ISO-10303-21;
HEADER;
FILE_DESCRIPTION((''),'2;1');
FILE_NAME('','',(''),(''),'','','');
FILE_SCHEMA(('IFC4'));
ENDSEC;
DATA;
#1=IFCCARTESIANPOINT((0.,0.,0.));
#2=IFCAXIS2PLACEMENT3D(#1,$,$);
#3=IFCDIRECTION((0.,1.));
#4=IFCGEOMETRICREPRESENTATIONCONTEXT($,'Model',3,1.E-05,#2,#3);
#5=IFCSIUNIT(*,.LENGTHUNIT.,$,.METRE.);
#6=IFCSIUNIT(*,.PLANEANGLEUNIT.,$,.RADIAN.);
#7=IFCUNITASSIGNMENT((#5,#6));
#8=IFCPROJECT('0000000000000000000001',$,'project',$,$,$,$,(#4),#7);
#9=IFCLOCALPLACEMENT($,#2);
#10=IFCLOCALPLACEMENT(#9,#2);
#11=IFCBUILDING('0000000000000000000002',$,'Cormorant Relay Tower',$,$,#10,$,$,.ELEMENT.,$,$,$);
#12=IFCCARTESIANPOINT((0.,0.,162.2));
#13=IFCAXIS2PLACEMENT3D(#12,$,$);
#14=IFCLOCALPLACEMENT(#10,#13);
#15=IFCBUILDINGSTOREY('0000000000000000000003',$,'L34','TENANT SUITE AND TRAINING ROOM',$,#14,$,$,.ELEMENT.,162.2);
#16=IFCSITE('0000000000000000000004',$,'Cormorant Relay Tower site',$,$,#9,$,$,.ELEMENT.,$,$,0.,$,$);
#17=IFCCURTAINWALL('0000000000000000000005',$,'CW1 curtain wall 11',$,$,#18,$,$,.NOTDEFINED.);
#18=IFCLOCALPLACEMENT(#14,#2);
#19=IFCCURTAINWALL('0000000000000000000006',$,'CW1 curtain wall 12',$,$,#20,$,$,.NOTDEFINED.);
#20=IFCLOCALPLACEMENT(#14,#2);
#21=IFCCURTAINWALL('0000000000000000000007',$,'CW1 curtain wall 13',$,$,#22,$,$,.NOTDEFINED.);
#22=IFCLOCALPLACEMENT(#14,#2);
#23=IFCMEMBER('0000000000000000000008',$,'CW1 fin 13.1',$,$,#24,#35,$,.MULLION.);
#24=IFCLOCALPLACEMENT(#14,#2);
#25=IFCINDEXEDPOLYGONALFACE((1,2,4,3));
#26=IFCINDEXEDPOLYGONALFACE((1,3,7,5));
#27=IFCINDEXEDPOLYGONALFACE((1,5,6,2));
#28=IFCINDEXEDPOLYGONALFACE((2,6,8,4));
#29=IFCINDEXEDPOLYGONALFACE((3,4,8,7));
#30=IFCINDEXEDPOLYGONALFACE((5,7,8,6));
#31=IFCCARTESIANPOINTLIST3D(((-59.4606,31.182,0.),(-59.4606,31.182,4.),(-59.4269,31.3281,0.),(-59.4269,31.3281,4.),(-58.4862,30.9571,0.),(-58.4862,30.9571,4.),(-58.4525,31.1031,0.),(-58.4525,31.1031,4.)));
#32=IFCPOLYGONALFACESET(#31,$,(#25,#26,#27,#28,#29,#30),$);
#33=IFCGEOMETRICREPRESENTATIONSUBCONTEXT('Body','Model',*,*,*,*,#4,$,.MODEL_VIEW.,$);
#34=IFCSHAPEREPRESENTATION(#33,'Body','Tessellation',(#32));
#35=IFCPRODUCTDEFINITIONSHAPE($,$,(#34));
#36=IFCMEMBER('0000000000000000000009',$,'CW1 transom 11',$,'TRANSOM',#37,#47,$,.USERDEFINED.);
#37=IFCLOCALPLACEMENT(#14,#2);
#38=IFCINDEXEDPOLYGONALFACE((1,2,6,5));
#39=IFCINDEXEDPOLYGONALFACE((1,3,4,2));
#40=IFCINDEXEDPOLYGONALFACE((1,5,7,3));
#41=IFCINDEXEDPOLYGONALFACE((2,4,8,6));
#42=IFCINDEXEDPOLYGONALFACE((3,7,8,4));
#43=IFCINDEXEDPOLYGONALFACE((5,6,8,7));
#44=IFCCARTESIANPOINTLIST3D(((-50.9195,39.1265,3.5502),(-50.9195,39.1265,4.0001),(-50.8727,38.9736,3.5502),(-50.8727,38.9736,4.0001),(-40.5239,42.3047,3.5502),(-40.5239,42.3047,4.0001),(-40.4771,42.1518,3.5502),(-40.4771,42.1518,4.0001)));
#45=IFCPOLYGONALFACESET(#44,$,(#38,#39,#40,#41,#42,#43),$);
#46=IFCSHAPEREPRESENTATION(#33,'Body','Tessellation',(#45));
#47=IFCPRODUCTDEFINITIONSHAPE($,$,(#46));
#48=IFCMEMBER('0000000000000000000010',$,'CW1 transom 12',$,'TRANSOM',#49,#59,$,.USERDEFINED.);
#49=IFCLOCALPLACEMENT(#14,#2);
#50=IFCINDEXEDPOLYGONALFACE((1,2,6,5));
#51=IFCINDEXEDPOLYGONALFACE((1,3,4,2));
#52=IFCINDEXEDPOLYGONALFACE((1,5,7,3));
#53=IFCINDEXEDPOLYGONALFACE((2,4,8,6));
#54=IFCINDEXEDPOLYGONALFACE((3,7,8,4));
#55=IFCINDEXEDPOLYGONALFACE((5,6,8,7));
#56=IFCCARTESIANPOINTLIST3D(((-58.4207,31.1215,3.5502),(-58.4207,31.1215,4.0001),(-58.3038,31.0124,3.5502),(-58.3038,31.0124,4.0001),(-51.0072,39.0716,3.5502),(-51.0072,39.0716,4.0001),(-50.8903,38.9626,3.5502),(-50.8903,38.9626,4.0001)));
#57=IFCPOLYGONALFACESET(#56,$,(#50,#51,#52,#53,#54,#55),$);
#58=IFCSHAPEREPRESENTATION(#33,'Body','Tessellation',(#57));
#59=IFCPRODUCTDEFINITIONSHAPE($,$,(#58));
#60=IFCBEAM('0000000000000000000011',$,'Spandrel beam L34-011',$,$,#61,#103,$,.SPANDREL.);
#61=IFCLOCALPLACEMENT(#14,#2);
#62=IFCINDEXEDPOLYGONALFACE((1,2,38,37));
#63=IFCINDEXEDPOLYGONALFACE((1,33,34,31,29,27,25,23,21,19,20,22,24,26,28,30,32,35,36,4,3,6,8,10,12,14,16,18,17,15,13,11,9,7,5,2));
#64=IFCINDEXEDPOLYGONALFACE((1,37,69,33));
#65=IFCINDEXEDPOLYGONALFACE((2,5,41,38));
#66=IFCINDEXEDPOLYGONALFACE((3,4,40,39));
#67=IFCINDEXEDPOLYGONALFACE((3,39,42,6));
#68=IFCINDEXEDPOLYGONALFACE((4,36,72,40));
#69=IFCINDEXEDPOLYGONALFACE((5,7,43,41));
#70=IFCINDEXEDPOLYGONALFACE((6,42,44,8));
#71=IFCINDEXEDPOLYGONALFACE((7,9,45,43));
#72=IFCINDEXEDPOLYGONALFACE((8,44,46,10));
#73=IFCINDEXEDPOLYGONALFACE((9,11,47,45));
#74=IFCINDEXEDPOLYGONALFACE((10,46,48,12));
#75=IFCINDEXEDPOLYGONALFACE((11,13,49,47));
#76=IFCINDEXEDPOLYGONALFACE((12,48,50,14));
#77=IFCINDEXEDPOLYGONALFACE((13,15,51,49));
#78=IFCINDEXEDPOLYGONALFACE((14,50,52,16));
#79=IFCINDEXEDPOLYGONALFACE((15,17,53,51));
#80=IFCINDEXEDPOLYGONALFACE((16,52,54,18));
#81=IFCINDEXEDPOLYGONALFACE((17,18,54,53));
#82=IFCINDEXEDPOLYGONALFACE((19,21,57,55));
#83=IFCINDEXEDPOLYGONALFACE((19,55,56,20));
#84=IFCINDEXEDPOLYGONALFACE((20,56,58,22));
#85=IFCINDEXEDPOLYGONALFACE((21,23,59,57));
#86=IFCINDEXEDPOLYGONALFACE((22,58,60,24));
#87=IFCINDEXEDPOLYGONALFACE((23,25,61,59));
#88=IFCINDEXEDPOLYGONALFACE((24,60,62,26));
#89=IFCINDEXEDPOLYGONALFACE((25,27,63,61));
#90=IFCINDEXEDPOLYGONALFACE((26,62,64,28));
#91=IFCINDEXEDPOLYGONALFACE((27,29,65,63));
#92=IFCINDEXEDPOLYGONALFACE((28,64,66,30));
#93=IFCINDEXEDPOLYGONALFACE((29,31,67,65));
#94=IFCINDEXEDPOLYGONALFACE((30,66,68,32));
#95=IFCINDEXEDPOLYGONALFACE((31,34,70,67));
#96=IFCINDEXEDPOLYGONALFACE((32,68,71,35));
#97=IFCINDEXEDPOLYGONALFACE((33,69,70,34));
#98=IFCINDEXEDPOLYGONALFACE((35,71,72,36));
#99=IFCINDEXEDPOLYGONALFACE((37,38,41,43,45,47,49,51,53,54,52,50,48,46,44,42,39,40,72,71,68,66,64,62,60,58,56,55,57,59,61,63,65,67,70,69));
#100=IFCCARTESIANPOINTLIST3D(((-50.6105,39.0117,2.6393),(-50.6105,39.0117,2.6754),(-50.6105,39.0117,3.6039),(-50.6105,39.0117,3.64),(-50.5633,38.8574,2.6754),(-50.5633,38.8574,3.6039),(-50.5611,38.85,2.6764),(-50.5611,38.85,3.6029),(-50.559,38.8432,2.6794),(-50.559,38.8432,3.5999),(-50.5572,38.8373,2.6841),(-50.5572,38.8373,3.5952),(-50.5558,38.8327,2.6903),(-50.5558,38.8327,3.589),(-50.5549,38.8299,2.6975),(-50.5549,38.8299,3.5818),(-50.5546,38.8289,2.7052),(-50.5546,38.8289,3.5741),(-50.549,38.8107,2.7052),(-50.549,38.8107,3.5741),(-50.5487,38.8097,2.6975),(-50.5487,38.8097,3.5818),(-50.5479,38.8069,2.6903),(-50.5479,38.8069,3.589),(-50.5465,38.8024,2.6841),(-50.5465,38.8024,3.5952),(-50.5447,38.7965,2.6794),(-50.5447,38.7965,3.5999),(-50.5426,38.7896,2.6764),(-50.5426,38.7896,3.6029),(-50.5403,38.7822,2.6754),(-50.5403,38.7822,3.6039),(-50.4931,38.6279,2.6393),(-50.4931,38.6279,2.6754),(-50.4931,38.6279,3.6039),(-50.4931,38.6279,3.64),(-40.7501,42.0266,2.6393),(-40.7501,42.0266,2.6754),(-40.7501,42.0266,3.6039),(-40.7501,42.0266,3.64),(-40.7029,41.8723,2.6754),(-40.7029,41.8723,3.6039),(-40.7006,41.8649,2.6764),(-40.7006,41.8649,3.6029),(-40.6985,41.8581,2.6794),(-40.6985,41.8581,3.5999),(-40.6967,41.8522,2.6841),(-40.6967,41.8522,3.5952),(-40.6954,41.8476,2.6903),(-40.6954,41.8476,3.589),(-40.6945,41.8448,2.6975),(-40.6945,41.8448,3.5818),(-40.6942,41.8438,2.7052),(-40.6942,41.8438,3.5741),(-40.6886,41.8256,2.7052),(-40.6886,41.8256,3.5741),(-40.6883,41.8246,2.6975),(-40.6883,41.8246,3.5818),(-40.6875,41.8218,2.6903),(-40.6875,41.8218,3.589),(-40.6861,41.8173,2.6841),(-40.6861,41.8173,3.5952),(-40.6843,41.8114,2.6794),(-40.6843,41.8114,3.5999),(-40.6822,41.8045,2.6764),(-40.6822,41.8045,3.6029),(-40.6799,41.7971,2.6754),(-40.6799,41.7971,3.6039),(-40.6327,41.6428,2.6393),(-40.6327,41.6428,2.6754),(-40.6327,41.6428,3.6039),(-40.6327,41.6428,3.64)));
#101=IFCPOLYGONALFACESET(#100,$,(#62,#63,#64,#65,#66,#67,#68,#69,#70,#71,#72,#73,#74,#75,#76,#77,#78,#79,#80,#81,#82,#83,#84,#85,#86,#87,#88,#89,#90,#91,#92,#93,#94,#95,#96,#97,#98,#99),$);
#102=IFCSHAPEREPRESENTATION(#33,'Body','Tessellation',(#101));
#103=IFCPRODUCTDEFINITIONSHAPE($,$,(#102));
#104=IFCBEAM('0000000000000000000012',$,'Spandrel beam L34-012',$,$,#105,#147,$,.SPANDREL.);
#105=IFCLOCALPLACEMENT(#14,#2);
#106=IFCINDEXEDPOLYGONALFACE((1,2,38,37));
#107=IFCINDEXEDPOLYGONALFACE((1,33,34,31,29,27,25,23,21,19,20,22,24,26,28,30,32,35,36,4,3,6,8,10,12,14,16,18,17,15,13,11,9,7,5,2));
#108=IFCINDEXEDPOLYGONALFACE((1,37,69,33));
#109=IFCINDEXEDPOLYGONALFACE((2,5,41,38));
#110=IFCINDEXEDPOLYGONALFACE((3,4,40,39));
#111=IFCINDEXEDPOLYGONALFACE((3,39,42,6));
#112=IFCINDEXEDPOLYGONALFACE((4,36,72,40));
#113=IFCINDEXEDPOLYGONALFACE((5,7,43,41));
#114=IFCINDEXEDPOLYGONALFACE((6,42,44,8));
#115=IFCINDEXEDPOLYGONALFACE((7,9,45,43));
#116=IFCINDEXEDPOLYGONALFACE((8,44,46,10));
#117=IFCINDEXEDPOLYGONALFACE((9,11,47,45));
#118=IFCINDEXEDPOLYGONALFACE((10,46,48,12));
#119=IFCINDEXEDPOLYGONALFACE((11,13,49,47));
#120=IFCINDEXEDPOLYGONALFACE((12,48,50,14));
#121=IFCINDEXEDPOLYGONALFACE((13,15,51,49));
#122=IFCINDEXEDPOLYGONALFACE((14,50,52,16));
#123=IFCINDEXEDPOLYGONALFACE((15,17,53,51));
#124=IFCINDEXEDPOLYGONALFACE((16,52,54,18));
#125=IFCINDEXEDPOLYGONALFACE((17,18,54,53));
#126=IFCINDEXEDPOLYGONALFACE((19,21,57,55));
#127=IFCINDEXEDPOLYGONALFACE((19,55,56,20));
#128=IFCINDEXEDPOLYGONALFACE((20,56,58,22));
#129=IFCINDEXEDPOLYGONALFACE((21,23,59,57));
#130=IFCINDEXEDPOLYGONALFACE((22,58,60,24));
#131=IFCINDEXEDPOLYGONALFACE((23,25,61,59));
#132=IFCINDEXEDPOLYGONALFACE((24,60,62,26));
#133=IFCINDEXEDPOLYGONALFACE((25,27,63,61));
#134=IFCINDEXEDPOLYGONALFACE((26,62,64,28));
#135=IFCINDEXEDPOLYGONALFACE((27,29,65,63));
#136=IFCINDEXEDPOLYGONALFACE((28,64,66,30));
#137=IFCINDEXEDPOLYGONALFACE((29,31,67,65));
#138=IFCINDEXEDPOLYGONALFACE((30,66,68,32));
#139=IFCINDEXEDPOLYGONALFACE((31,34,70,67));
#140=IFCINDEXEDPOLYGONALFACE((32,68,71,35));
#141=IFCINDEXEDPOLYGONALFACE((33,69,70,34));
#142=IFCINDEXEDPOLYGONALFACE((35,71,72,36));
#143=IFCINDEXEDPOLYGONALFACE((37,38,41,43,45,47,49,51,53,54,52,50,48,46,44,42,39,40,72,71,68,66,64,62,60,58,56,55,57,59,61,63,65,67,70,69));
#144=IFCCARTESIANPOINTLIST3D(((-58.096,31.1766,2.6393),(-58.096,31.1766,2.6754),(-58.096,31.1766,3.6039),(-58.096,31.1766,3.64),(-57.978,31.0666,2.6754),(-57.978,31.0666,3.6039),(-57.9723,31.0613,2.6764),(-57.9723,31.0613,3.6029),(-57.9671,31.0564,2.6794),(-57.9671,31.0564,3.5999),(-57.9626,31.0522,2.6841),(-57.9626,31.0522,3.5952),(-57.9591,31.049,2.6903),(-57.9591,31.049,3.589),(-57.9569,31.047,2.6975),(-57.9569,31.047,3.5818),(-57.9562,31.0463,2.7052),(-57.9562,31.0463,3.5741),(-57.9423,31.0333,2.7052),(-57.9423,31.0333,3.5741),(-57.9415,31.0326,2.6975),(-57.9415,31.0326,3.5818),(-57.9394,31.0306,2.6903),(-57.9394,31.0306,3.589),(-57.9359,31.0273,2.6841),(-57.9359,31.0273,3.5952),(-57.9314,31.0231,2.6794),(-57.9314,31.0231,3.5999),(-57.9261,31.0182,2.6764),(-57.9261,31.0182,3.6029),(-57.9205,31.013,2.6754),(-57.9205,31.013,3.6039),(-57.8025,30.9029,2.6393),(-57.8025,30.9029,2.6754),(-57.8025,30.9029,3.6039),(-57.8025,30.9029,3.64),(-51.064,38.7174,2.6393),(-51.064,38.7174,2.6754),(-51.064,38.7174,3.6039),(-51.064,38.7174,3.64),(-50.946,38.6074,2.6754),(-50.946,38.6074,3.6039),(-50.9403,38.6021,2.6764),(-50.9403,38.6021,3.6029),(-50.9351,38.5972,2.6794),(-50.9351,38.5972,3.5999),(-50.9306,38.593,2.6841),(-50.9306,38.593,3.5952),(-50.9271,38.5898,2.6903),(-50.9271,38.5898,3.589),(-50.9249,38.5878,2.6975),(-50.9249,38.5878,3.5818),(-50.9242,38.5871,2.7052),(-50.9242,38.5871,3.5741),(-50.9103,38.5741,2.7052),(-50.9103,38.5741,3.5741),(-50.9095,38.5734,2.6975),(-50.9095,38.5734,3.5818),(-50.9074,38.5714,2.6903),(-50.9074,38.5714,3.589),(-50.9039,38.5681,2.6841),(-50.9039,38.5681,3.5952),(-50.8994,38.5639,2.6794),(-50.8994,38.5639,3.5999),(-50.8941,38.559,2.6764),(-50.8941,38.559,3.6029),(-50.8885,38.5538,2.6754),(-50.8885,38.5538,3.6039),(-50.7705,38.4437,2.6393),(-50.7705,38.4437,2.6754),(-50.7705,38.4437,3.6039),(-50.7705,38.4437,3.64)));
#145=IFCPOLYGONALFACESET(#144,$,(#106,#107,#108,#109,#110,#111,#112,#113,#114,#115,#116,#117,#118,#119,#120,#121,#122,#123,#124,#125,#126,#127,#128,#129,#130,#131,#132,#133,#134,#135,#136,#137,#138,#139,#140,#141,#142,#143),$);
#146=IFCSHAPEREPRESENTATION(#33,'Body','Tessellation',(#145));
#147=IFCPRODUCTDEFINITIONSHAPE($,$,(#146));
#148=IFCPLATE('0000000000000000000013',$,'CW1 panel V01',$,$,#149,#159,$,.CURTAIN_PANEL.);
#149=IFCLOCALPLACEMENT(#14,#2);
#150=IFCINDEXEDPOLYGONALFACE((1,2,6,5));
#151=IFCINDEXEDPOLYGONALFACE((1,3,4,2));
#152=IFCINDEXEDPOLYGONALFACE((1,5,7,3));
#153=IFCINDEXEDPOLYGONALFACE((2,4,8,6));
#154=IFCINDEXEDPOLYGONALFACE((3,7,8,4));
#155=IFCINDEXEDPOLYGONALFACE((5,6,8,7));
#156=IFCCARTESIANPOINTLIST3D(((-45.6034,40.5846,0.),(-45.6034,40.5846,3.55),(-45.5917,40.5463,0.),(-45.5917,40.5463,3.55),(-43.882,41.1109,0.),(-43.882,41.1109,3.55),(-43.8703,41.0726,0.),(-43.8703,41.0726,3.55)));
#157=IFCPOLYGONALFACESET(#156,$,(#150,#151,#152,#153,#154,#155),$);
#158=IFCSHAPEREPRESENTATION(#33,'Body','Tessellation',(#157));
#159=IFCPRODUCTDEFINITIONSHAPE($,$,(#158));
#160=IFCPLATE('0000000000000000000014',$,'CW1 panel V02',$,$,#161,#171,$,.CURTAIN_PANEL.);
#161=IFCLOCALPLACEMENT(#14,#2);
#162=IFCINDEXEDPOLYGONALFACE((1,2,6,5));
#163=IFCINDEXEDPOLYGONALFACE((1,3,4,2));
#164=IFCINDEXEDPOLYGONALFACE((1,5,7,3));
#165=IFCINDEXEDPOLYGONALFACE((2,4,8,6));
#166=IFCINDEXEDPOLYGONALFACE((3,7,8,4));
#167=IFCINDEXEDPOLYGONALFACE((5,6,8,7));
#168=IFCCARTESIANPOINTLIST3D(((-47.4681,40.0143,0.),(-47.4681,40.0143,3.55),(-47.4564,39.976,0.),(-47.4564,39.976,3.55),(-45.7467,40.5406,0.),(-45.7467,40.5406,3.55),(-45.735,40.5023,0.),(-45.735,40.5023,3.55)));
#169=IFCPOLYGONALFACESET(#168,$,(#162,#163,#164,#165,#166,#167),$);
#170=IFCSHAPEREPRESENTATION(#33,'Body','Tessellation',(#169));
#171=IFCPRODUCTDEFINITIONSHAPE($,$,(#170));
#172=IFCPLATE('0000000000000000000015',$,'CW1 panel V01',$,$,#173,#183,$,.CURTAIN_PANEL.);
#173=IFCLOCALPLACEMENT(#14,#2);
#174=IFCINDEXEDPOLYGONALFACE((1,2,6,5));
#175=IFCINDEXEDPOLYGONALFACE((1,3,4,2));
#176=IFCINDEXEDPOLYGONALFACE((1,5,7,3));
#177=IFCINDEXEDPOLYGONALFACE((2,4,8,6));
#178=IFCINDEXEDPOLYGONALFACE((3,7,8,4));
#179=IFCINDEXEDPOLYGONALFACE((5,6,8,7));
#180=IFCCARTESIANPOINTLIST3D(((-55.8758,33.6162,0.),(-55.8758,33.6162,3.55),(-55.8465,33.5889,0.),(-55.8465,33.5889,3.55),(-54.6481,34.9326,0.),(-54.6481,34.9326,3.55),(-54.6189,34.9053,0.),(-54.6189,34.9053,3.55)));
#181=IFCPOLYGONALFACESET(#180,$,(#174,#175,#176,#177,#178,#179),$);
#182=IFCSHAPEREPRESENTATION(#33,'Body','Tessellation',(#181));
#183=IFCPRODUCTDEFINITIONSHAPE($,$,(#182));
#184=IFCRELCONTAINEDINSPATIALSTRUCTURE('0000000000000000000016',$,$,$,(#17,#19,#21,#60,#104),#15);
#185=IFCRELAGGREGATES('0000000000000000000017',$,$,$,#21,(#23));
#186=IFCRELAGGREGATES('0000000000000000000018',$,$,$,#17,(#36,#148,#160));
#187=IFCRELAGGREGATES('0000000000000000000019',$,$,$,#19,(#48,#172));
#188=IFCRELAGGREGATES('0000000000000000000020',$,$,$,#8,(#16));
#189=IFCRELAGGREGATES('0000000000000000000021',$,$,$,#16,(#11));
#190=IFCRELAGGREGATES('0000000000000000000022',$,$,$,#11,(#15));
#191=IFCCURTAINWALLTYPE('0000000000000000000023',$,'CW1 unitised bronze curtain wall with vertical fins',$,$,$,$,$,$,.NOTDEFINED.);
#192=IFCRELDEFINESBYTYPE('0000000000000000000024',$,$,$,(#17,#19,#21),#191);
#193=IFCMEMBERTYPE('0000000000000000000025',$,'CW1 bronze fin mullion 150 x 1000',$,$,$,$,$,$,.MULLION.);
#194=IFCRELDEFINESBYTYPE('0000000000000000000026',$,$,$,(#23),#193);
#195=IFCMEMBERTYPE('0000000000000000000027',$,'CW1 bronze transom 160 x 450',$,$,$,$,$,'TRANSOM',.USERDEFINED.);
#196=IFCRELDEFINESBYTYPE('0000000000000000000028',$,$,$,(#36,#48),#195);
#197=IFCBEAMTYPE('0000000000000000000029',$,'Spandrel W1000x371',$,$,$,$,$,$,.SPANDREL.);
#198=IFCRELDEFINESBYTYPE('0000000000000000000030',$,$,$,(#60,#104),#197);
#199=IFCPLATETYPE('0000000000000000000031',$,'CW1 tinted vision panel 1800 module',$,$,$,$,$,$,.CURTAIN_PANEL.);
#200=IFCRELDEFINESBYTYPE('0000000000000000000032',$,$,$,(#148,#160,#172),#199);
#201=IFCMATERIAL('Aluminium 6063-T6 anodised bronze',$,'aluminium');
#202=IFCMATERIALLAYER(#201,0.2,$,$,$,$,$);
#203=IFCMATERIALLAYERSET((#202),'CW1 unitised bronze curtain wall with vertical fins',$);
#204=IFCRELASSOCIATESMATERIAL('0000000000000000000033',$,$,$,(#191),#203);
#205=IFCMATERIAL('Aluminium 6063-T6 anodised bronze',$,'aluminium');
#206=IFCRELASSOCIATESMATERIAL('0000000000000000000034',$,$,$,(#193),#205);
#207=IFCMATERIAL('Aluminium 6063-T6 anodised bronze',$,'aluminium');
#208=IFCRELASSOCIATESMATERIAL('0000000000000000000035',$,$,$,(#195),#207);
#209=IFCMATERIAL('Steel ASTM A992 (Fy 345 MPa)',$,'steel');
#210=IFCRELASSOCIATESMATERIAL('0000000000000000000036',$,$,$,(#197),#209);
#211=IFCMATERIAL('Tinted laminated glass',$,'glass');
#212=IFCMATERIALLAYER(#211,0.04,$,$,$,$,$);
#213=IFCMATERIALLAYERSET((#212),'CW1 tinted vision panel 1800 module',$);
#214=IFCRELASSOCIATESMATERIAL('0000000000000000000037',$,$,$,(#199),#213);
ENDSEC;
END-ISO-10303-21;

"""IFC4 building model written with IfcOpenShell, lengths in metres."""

from ifc_helpers import new_model, si_unit, direction, frame, origin, origin_2d, place, context, subcontext, project, spatial, rectangle, i_section, extrude, material, layer, layer_set, material_profile, profile_set, type_object, element, aggregate, save


model = new_model("IFC4")

# Units and contexts
model_context = context("Model", 3, precision=1e-05, world=origin(), true_north=direction((0.0, 1.0)))
body_context = subcontext(model_context, "Body", "Model", "MODEL_VIEW")
ifc_project = project(units=[si_unit("LENGTHUNIT", "METRE"), si_unit("PLANEANGLEUNIT", "RADIAN")], contexts=[model_context])

# Site, building, storey
site_placement = place(None, origin())
site = spatial("IfcSite", under=ifc_project, at=site_placement, Name="Cormorant Relay Tower site", CompositionType="ELEMENT", RefElevation=0.0)
building_placement = place(site_placement, origin())
building = spatial("IfcBuilding", under=site, at=building_placement, Name="Cormorant Relay Tower", CompositionType="ELEMENT")
storey_placement = place(building_placement, frame((0.0, 0.0, 162.2)))
storey = spatial("IfcBuildingStorey", under=building, at=storey_placement, Name="L34", Description="TENANT SUITE AND TRAINING ROOM", CompositionType="ELEMENT", Elevation=162.2)

# Curtain walls
ifc_material_1 = material(Name="Aluminium 6063-T6 anodised bronze", Category="aluminium")
ifc_layer_1 = layer(ifc_material_1, 0.2)
ifc_layer_set_1 = layer_set([ifc_layer_1], Name="CW1 unitised bronze curtain wall with vertical fins")
curtain_wall_type = type_object("IfcCurtainWallType", Name="CW1 unitised bronze curtain wall with vertical fins", PredefinedType="NOTDEFINED", material=ifc_layer_set_1)
curtain_wall_1_placement = place(storey_placement, origin())
curtain_wall_1 = element("IfcCurtainWall", 1, at=curtain_wall_1_placement, inside=storey, type_object=curtain_wall_type, Name="CW1 curtain wall 11", PredefinedType="NOTDEFINED")
ifc_material_2 = material(Name="Aluminium 6063-T6 anodised bronze", Category="aluminium")
ifc_material_profile_1 = material_profile(ifc_material_2, rectangle(XDim=0.1499, YDim=1.0, at=origin_2d()), Name="AL 150x1000")
ifc_profile_set_1 = profile_set([ifc_material_profile_1], Name="Aluminium 6063-T6 anodised bronze")
member_type_1 = type_object("IfcMemberType", Name="CW1 bronze fin mullion 150 x 1000", PredefinedType="MULLION", material=ifc_profile_set_1)
curtain_wall_2_placement = place(storey_placement, origin())
curtain_wall_2 = element("IfcCurtainWall", 2, at=curtain_wall_2_placement, inside=storey, type_object=curtain_wall_type, Name="CW1 curtain wall 12", PredefinedType="NOTDEFINED")

# Curtain wall, member
curtain_wall_3_placement = place(storey_placement, origin())
curtain_wall_3 = element("IfcCurtainWall", 3, at=curtain_wall_3_placement, inside=storey, type_object=curtain_wall_type, Name="CW1 curtain wall 13", PredefinedType="NOTDEFINED")
member_1_placement = place(storey_placement, frame((-58.9565, 31.1426, 0.0), z_axis=(0.0, 0.0, 1.0), x_axis=(-0.224951, -0.97437, 0.0)))
member_1 = element("IfcMember", 4, at=member_1_placement, type_object=member_type_1, Name="CW1 fin 13.1", PredefinedType="MULLION", context=body_context, shape_type="SweptSolid", body=[
    extrude(rectangle(XDim=0.1499, YDim=1.0, at=origin_2d()), origin(), (0.0, 0.0, 1.0), 4.0),
])
aggregate(curtain_wall_3, [member_1])

# Members
ifc_material_3 = material(Name="Aluminium 6063-T6 anodised bronze", Category="aluminium")
ifc_material_profile_2 = material_profile(ifc_material_3, rectangle(XDim=0.1599, YDim=0.45, at=origin_2d()), Name="AL 160x450")
ifc_profile_set_2 = profile_set([ifc_material_profile_2], Name="Aluminium 6063-T6 anodised bronze")
member_type_2 = type_object("IfcMemberType", Name="CW1 bronze transom 160 x 450", ElementType="TRANSOM", PredefinedType="USERDEFINED", material=ifc_profile_set_2)
member_2_placement = place(storey_placement, frame((-40.5005, 42.2283, 3.7751), z_axis=(-0.956305, -0.292371, 0.0), x_axis=(0.292371, -0.956305, 0.0)))
member_2 = element("IfcMember", 5, at=member_2_placement, type_object=member_type_2, Name="CW1 transom 11", ObjectType="TRANSOM", PredefinedType="USERDEFINED", context=body_context, shape_type="SweptSolid", body=[
    extrude(rectangle(XDim=0.1599, YDim=0.45, at=origin_2d()), origin(), (0.0, 0.0, 1.0), 10.8706),
])
member_3_placement = place(storey_placement, frame((-50.9487, 39.0171, 3.7751), z_axis=(-0.681993, -0.731358, 0.0), x_axis=(0.731358, -0.681993, 0.0)))
member_3 = element("IfcMember", 6, at=member_3_placement, type_object=member_type_2, Name="CW1 transom 12", ObjectType="TRANSOM", PredefinedType="USERDEFINED", context=body_context, shape_type="SweptSolid", body=[
    extrude(rectangle(XDim=0.1599, YDim=0.45, at=origin_2d()), origin(), (0.0, 0.0, 1.0), 10.8704),
])

# Beams
ifc_material_4 = material(Name="Steel ASTM A992 (Fy 345 MPa)", Category="steel")
ifc_material_profile_3 = material_profile(ifc_material_4, i_section(OverallWidth=0.4014, OverallDepth=1.0007, WebThickness=0.019, FlangeThickness=0.0361, FilletRadius=0.0298, at=origin_2d()), Name="W1000x371")
ifc_profile_set_3 = profile_set([ifc_material_profile_3], Name="Steel ASTM A992 (Fy 345 MPa)")
beam_type = type_object("IfcBeamType", Name="Spandrel W1000x371", PredefinedType="SPANDREL", material=ifc_profile_set_3)
beam_1_placement = place(storey_placement, frame((-40.6914, 41.8347, 3.1396), z_axis=(-0.956297, -0.292397, 0.0), x_axis=(0.292397, -0.956297, 0.0)))
element("IfcBeam", 7, at=beam_1_placement, inside=storey, type_object=beam_type, Name="Spandrel beam L34-011", PredefinedType="SPANDREL", context=body_context, shape_type="SweptSolid", body=[
    extrude(i_section(OverallWidth=0.4014, OverallDepth=1.0007, WebThickness=0.019, FlangeThickness=0.0361, FilletRadius=0.0298, at=origin_2d()), origin(), (0.0, 0.0, 1.0), 10.311),
])
beam_2_placement = place(storey_placement, frame((-50.9172, 38.5806, 3.1396), z_axis=(-0.682004, -0.731349, 0.0), x_axis=(0.731349, -0.682004, 0.0)))
element("IfcBeam", 8, at=beam_2_placement, inside=storey, type_object=beam_type, Name="Spandrel beam L34-012", PredefinedType="SPANDREL", context=body_context, shape_type="SweptSolid", body=[
    extrude(i_section(OverallWidth=0.4014, OverallDepth=1.0007, WebThickness=0.019, FlangeThickness=0.0361, FilletRadius=0.0298, at=origin_2d()), origin(), (0.0, 0.0, 1.0), 10.3108),
])

# Plates
ifc_material_5 = material(Name="Tinted laminated glass", Category="glass")
ifc_layer_2 = layer(ifc_material_5, 0.04)
ifc_layer_set_2 = layer_set([ifc_layer_2], Name="CW1 tinted vision panel 1800 module")
plate_type = type_object("IfcPlateType", Name="CW1 tinted vision panel 1800 module", PredefinedType="CURTAIN_PANEL", material=ifc_layer_set_2)
plate_1_placement = place(storey_placement, frame((-44.7368, 40.8286, 0.0), z_axis=(0.0, 0.0, 1.0), x_axis=(-0.956305, -0.292372, 0.0)))
plate_1 = element("IfcPlate", 9, at=plate_1_placement, type_object=plate_type, Name="CW1 panel V01", PredefinedType="CURTAIN_PANEL", context=body_context, shape_type="SweptSolid", body=[
    extrude(rectangle(XDim=1.8, YDim=0.04, at=origin_2d()), origin(), (0.0, 0.0, 1.0), 3.55),
])
plate_2_placement = place(storey_placement, frame((-46.6016, 40.2583, 0.0), z_axis=(0.0, 0.0, 1.0), x_axis=(-0.956305, -0.292372, 0.0)))
plate_2 = element("IfcPlate", 10, at=plate_2_placement, type_object=plate_type, Name="CW1 panel V02", PredefinedType="CURTAIN_PANEL", context=body_context, shape_type="SweptSolid", body=[
    extrude(rectangle(XDim=1.8, YDim=0.04, at=origin_2d()), origin(), (0.0, 0.0, 1.0), 3.55),
])
plate_3_placement = place(storey_placement, frame((-55.2473, 34.2607, 0.0), z_axis=(0.0, 0.0, 1.0), x_axis=(-0.681998, -0.731354, 0.0)))
plate_3 = element("IfcPlate", 11, at=plate_3_placement, type_object=plate_type, Name="CW1 panel V01", PredefinedType="CURTAIN_PANEL", context=body_context, shape_type="SweptSolid", body=[
    extrude(rectangle(XDim=1.8, YDim=0.04, at=origin_2d()), origin(), (0.0, 0.0, 1.0), 3.55),
])

aggregate(curtain_wall_1, [member_2, plate_1, plate_2])
aggregate(curtain_wall_2, [member_3, plate_3])

save(model, "model.ifc")
